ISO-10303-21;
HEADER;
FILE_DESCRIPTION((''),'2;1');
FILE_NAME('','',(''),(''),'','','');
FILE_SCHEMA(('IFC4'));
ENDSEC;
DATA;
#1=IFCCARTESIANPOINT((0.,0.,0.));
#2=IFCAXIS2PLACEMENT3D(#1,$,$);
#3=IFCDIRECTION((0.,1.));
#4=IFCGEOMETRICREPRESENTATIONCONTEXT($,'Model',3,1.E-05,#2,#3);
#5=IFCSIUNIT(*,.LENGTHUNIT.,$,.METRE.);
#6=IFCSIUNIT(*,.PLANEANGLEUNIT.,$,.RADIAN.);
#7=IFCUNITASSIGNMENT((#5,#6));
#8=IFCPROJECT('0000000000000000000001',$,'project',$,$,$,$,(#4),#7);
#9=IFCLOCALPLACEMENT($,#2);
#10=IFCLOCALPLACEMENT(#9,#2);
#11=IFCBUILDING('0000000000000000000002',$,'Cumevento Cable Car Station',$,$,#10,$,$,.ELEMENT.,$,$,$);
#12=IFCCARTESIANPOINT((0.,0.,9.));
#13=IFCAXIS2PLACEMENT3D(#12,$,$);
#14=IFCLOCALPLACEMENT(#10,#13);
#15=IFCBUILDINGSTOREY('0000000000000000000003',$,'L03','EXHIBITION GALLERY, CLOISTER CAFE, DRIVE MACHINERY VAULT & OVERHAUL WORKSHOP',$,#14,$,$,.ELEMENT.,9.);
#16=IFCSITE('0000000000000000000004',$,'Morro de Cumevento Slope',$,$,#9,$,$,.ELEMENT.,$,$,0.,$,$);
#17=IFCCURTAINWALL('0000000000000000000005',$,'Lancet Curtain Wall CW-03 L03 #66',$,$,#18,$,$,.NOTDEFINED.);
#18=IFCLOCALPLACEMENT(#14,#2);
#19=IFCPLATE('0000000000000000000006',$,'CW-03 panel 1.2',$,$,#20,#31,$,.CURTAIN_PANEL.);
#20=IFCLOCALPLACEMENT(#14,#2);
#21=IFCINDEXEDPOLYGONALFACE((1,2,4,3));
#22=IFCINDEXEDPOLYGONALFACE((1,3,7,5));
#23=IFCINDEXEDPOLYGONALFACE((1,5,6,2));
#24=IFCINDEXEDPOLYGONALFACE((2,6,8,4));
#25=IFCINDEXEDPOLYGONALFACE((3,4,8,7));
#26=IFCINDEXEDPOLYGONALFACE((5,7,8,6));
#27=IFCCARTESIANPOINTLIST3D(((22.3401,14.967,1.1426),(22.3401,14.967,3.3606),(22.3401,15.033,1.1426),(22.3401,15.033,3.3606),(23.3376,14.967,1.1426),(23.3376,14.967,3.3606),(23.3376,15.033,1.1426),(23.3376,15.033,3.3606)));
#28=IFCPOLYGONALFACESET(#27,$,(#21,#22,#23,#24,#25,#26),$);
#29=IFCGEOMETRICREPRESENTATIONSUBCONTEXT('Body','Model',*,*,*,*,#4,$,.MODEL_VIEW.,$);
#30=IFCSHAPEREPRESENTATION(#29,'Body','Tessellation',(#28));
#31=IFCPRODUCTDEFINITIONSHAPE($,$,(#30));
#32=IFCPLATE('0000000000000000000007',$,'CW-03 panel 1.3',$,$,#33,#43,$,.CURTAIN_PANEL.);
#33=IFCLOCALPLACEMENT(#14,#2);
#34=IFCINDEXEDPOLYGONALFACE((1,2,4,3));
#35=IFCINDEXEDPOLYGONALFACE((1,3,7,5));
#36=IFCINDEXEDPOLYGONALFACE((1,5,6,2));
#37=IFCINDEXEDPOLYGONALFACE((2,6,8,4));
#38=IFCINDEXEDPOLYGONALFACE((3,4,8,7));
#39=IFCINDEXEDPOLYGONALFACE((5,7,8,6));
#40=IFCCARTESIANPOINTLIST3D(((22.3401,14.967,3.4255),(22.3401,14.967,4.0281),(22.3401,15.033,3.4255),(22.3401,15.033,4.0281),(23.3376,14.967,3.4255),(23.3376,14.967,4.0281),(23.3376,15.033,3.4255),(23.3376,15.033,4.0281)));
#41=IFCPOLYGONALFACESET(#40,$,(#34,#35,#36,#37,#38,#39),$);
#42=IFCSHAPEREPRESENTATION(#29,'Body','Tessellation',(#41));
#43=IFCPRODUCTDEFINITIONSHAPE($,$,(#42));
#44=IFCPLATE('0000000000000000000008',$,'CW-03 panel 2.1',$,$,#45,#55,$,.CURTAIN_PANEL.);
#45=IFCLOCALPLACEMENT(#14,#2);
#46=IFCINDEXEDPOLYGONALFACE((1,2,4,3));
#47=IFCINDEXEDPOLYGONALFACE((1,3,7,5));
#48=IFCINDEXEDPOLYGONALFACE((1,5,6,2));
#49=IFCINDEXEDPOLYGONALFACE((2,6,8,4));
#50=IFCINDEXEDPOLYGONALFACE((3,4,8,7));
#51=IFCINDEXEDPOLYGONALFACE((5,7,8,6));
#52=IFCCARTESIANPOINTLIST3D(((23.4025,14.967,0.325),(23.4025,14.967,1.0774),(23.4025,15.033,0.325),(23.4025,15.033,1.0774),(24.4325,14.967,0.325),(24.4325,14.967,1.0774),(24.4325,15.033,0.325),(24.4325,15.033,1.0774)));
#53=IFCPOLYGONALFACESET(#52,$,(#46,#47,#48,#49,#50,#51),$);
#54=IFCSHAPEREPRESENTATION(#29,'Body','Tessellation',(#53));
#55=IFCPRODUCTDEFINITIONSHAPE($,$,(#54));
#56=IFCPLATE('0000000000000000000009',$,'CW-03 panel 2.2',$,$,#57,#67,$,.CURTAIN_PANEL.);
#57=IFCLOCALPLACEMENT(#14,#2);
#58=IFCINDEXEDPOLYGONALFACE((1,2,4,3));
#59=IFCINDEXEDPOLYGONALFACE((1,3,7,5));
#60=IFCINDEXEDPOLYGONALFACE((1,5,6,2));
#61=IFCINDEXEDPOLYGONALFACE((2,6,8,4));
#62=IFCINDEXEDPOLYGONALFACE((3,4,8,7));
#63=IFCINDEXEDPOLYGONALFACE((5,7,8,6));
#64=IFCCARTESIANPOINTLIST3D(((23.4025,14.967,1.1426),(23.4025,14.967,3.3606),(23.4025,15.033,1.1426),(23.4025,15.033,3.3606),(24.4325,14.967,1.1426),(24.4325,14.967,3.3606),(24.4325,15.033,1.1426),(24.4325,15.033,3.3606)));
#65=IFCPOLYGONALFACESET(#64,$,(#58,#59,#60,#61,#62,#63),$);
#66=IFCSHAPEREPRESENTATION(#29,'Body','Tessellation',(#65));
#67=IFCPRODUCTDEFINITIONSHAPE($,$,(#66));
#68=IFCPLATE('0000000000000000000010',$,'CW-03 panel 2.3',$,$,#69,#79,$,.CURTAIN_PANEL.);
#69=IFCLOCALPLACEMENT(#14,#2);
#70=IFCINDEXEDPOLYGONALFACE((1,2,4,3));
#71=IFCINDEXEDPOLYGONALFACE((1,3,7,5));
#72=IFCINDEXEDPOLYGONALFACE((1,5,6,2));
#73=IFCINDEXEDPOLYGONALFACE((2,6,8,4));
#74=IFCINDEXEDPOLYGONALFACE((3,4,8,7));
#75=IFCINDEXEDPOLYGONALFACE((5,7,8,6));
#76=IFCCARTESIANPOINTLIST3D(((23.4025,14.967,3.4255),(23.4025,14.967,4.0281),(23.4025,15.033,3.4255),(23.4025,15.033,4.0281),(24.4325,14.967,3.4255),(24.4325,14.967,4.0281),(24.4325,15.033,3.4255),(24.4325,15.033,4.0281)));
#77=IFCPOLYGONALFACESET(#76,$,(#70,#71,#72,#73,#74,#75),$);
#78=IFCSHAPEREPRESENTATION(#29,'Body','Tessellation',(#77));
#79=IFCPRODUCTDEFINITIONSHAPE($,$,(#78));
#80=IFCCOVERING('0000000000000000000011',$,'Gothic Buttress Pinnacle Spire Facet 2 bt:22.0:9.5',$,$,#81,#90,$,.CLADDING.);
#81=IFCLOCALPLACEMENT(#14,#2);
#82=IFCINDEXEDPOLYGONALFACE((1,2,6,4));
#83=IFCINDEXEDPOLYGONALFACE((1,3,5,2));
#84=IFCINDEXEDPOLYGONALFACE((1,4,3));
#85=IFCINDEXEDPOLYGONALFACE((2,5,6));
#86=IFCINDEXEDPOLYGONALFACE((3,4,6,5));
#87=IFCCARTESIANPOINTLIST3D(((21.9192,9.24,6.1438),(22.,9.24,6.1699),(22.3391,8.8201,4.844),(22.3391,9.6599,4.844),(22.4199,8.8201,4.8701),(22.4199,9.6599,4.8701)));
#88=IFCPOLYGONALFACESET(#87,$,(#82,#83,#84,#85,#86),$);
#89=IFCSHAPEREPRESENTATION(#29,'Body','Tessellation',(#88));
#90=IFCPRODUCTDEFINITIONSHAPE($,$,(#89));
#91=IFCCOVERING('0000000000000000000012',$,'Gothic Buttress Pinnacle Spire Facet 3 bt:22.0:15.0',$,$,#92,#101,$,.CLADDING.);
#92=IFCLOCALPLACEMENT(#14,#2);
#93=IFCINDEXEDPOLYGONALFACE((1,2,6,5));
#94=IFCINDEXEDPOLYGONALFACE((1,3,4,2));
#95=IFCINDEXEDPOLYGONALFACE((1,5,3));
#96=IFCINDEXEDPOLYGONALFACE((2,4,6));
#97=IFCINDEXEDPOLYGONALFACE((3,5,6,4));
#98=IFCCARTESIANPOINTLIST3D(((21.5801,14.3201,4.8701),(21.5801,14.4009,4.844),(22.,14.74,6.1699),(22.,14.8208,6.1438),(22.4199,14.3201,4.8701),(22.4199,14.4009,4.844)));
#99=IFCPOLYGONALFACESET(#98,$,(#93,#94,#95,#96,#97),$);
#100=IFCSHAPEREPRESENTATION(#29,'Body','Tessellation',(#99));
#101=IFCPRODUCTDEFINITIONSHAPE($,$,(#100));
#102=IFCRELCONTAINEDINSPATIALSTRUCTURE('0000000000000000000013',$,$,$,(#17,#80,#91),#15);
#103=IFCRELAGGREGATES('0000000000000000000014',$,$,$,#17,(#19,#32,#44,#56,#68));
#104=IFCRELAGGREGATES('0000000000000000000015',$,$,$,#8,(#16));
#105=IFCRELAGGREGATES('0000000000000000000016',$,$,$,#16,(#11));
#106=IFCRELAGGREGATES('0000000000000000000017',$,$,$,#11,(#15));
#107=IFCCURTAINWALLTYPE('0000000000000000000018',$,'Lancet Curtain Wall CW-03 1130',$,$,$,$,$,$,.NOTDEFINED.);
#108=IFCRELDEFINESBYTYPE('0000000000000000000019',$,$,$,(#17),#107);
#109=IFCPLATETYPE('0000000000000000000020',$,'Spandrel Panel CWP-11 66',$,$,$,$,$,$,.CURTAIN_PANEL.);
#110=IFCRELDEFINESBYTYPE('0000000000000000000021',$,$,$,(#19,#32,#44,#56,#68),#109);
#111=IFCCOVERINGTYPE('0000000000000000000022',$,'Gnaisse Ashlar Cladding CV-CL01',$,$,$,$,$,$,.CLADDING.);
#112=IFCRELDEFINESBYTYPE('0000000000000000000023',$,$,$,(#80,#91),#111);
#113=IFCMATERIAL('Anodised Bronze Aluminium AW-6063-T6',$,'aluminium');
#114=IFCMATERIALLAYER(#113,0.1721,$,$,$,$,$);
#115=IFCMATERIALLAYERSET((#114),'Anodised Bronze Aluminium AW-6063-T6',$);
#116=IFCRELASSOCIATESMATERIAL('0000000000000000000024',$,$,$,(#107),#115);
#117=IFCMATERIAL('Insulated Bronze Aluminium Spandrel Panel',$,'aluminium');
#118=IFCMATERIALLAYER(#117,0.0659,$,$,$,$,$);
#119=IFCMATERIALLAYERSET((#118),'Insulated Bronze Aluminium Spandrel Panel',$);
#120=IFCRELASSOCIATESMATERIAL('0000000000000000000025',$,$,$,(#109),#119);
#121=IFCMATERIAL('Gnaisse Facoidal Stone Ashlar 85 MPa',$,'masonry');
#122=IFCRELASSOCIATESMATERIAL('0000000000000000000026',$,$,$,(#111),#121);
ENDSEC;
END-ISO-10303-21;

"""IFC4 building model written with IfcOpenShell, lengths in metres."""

from ifc_helpers import new_model, si_unit, direction, frame, origin, origin_2d, place, context, subcontext, project, spatial, polyline, rectangle, outline, extrude, material, layer, layer_set, type_object, element, aggregate, save


model = new_model("IFC4")

# Units and contexts
model_context = context("Model", 3, precision=1e-05, world=origin(), true_north=direction((0.0, 1.0)))
body_context = subcontext(model_context, "Body", "Model", "MODEL_VIEW")
ifc_project = project(units=[si_unit("LENGTHUNIT", "METRE"), si_unit("PLANEANGLEUNIT", "RADIAN")], contexts=[model_context])

# Site, building, storey
site_placement = place(None, origin())
site = spatial("IfcSite", under=ifc_project, at=site_placement, Name="Morro de Cumevento Slope", CompositionType="ELEMENT", RefElevation=0.0)
building_placement = place(site_placement, origin())
building = spatial("IfcBuilding", under=site, at=building_placement, Name="Cumevento Cable Car Station", CompositionType="ELEMENT")
storey_placement = place(building_placement, frame((0.0, 0.0, 9.0)))
storey = spatial("IfcBuildingStorey", under=building, at=storey_placement, Name="L03", Description="EXHIBITION GALLERY, CLOISTER CAFE, DRIVE MACHINERY VAULT & OVERHAUL WORKSHOP", CompositionType="ELEMENT", Elevation=9.0)

# Curtain wall, plates
ifc_material_1 = material(Name="Anodised Bronze Aluminium AW-6063-T6", Category="aluminium")
ifc_layer_1 = layer(ifc_material_1, 0.1721)
ifc_layer_set_1 = layer_set([ifc_layer_1], Name="Anodised Bronze Aluminium AW-6063-T6")
curtain_wall_type = type_object("IfcCurtainWallType", Name="Lancet Curtain Wall CW-03 1130", PredefinedType="NOTDEFINED", material=ifc_layer_set_1)
curtain_wall_placement = place(storey_placement, origin())
curtain_wall = element("IfcCurtainWall", 1, at=curtain_wall_placement, inside=storey, type_object=curtain_wall_type, Name="Lancet Curtain Wall CW-03 L03 #66", PredefinedType="NOTDEFINED")
ifc_material_2 = material(Name="Insulated Bronze Aluminium Spandrel Panel", Category="aluminium")
ifc_layer_2 = layer(ifc_material_2, 0.0659)
ifc_layer_set_2 = layer_set([ifc_layer_2], Name="Insulated Bronze Aluminium Spandrel Panel")
plate_type = type_object("IfcPlateType", Name="Spandrel Panel CWP-11 66", PredefinedType="CURTAIN_PANEL", material=ifc_layer_set_2)
plate_1_placement = place(storey_placement, frame((22.8389, 15.0, 1.1426), z_axis=(0.0, 0.0, 1.0), x_axis=(1.0, 0.0, 0.0)))
plate_1 = element("IfcPlate", 2, at=plate_1_placement, type_object=plate_type, Name="CW-03 panel 1.2", PredefinedType="CURTAIN_PANEL", context=body_context, shape_type="SweptSolid", body=[
    extrude(rectangle(XDim=0.9976, YDim=0.0659, at=origin_2d()), origin(), (0.0, 0.0, 1.0), 2.218),
])
plate_2_placement = place(storey_placement, frame((22.8389, 15.0, 3.4255), z_axis=(0.0, 0.0, 1.0), x_axis=(1.0, 0.0, 0.0)))
plate_2 = element("IfcPlate", 3, at=plate_2_placement, type_object=plate_type, Name="CW-03 panel 1.3", PredefinedType="CURTAIN_PANEL", context=body_context, shape_type="SweptSolid", body=[
    extrude(rectangle(XDim=0.9976, YDim=0.0659, at=origin_2d()), origin(), (0.0, 0.0, 1.0), 0.6025),
])
plate_3_placement = place(storey_placement, frame((23.9175, 15.0, 0.325), z_axis=(0.0, 0.0, 1.0), x_axis=(1.0, 0.0, 0.0)))
plate_3 = element("IfcPlate", 4, at=plate_3_placement, type_object=plate_type, Name="CW-03 panel 2.1", PredefinedType="CURTAIN_PANEL", context=body_context, shape_type="SweptSolid", body=[
    extrude(rectangle(XDim=1.03, YDim=0.0659, at=origin_2d()), origin(), (0.0, 0.0, 1.0), 0.7524),
])
plate_4_placement = place(storey_placement, frame((23.9175, 15.0, 1.1426), z_axis=(0.0, 0.0, 1.0), x_axis=(1.0, 0.0, 0.0)))
plate_4 = element("IfcPlate", 5, at=plate_4_placement, type_object=plate_type, Name="CW-03 panel 2.2", PredefinedType="CURTAIN_PANEL", context=body_context, shape_type="SweptSolid", body=[
    extrude(rectangle(XDim=1.03, YDim=0.0659, at=origin_2d()), origin(), (0.0, 0.0, 1.0), 2.218),
])
plate_5_placement = place(storey_placement, frame((23.9175, 15.0, 3.4255), z_axis=(0.0, 0.0, 1.0), x_axis=(1.0, 0.0, 0.0)))
plate_5 = element("IfcPlate", 6, at=plate_5_placement, type_object=plate_type, Name="CW-03 panel 2.3", PredefinedType="CURTAIN_PANEL", context=body_context, shape_type="SweptSolid", body=[
    extrude(rectangle(XDim=1.03, YDim=0.0659, at=origin_2d()), origin(), (0.0, 0.0, 1.0), 0.6025),
])
aggregate(curtain_wall, [plate_1, plate_2, plate_3, plate_4, plate_5])

# Coverings
ifc_material_3 = material(Name="Gnaisse Facoidal Stone Ashlar 85 MPa", Category="masonry")
covering_type = type_object("IfcCoveringType", Name="Gnaisse Ashlar Cladding CV-CL01", PredefinedType="CLADDING", material=ifc_material_3)
for number, where, z_axis, x_axis, name in (
    (7, (22.4199, 9.6599, 4.8701), (0.951574, 0.0, 0.307421), (0.0, -1.0, 0.0), "Gothic Buttress Pinnacle Spire Facet 2 bt:22.0:9.5"),
    (8, (22.4199, 14.3201, 4.8701), (0.0, -0.951574, 0.307421), (-1.0, 0.0, 0.0), "Gothic Buttress Pinnacle Spire Facet 3 bt:22.0:15.0"),
):
    element("IfcCovering", number, at=place(storey_placement, frame(where, z_axis=z_axis, x_axis=x_axis)), inside=storey, type_object=covering_type, Name=name, PredefinedType="CLADDING", context=body_context, shape_type="SweptSolid", body=[
        extrude(outline(polyline([(0.0, 0.0), (0.8398, 0.0), (0.4199, -1.366), (0.0, 0.0)])), origin(), (0.0, 0.0, -1.0), 0.085),
    ])

save(model, "model.ifc")
